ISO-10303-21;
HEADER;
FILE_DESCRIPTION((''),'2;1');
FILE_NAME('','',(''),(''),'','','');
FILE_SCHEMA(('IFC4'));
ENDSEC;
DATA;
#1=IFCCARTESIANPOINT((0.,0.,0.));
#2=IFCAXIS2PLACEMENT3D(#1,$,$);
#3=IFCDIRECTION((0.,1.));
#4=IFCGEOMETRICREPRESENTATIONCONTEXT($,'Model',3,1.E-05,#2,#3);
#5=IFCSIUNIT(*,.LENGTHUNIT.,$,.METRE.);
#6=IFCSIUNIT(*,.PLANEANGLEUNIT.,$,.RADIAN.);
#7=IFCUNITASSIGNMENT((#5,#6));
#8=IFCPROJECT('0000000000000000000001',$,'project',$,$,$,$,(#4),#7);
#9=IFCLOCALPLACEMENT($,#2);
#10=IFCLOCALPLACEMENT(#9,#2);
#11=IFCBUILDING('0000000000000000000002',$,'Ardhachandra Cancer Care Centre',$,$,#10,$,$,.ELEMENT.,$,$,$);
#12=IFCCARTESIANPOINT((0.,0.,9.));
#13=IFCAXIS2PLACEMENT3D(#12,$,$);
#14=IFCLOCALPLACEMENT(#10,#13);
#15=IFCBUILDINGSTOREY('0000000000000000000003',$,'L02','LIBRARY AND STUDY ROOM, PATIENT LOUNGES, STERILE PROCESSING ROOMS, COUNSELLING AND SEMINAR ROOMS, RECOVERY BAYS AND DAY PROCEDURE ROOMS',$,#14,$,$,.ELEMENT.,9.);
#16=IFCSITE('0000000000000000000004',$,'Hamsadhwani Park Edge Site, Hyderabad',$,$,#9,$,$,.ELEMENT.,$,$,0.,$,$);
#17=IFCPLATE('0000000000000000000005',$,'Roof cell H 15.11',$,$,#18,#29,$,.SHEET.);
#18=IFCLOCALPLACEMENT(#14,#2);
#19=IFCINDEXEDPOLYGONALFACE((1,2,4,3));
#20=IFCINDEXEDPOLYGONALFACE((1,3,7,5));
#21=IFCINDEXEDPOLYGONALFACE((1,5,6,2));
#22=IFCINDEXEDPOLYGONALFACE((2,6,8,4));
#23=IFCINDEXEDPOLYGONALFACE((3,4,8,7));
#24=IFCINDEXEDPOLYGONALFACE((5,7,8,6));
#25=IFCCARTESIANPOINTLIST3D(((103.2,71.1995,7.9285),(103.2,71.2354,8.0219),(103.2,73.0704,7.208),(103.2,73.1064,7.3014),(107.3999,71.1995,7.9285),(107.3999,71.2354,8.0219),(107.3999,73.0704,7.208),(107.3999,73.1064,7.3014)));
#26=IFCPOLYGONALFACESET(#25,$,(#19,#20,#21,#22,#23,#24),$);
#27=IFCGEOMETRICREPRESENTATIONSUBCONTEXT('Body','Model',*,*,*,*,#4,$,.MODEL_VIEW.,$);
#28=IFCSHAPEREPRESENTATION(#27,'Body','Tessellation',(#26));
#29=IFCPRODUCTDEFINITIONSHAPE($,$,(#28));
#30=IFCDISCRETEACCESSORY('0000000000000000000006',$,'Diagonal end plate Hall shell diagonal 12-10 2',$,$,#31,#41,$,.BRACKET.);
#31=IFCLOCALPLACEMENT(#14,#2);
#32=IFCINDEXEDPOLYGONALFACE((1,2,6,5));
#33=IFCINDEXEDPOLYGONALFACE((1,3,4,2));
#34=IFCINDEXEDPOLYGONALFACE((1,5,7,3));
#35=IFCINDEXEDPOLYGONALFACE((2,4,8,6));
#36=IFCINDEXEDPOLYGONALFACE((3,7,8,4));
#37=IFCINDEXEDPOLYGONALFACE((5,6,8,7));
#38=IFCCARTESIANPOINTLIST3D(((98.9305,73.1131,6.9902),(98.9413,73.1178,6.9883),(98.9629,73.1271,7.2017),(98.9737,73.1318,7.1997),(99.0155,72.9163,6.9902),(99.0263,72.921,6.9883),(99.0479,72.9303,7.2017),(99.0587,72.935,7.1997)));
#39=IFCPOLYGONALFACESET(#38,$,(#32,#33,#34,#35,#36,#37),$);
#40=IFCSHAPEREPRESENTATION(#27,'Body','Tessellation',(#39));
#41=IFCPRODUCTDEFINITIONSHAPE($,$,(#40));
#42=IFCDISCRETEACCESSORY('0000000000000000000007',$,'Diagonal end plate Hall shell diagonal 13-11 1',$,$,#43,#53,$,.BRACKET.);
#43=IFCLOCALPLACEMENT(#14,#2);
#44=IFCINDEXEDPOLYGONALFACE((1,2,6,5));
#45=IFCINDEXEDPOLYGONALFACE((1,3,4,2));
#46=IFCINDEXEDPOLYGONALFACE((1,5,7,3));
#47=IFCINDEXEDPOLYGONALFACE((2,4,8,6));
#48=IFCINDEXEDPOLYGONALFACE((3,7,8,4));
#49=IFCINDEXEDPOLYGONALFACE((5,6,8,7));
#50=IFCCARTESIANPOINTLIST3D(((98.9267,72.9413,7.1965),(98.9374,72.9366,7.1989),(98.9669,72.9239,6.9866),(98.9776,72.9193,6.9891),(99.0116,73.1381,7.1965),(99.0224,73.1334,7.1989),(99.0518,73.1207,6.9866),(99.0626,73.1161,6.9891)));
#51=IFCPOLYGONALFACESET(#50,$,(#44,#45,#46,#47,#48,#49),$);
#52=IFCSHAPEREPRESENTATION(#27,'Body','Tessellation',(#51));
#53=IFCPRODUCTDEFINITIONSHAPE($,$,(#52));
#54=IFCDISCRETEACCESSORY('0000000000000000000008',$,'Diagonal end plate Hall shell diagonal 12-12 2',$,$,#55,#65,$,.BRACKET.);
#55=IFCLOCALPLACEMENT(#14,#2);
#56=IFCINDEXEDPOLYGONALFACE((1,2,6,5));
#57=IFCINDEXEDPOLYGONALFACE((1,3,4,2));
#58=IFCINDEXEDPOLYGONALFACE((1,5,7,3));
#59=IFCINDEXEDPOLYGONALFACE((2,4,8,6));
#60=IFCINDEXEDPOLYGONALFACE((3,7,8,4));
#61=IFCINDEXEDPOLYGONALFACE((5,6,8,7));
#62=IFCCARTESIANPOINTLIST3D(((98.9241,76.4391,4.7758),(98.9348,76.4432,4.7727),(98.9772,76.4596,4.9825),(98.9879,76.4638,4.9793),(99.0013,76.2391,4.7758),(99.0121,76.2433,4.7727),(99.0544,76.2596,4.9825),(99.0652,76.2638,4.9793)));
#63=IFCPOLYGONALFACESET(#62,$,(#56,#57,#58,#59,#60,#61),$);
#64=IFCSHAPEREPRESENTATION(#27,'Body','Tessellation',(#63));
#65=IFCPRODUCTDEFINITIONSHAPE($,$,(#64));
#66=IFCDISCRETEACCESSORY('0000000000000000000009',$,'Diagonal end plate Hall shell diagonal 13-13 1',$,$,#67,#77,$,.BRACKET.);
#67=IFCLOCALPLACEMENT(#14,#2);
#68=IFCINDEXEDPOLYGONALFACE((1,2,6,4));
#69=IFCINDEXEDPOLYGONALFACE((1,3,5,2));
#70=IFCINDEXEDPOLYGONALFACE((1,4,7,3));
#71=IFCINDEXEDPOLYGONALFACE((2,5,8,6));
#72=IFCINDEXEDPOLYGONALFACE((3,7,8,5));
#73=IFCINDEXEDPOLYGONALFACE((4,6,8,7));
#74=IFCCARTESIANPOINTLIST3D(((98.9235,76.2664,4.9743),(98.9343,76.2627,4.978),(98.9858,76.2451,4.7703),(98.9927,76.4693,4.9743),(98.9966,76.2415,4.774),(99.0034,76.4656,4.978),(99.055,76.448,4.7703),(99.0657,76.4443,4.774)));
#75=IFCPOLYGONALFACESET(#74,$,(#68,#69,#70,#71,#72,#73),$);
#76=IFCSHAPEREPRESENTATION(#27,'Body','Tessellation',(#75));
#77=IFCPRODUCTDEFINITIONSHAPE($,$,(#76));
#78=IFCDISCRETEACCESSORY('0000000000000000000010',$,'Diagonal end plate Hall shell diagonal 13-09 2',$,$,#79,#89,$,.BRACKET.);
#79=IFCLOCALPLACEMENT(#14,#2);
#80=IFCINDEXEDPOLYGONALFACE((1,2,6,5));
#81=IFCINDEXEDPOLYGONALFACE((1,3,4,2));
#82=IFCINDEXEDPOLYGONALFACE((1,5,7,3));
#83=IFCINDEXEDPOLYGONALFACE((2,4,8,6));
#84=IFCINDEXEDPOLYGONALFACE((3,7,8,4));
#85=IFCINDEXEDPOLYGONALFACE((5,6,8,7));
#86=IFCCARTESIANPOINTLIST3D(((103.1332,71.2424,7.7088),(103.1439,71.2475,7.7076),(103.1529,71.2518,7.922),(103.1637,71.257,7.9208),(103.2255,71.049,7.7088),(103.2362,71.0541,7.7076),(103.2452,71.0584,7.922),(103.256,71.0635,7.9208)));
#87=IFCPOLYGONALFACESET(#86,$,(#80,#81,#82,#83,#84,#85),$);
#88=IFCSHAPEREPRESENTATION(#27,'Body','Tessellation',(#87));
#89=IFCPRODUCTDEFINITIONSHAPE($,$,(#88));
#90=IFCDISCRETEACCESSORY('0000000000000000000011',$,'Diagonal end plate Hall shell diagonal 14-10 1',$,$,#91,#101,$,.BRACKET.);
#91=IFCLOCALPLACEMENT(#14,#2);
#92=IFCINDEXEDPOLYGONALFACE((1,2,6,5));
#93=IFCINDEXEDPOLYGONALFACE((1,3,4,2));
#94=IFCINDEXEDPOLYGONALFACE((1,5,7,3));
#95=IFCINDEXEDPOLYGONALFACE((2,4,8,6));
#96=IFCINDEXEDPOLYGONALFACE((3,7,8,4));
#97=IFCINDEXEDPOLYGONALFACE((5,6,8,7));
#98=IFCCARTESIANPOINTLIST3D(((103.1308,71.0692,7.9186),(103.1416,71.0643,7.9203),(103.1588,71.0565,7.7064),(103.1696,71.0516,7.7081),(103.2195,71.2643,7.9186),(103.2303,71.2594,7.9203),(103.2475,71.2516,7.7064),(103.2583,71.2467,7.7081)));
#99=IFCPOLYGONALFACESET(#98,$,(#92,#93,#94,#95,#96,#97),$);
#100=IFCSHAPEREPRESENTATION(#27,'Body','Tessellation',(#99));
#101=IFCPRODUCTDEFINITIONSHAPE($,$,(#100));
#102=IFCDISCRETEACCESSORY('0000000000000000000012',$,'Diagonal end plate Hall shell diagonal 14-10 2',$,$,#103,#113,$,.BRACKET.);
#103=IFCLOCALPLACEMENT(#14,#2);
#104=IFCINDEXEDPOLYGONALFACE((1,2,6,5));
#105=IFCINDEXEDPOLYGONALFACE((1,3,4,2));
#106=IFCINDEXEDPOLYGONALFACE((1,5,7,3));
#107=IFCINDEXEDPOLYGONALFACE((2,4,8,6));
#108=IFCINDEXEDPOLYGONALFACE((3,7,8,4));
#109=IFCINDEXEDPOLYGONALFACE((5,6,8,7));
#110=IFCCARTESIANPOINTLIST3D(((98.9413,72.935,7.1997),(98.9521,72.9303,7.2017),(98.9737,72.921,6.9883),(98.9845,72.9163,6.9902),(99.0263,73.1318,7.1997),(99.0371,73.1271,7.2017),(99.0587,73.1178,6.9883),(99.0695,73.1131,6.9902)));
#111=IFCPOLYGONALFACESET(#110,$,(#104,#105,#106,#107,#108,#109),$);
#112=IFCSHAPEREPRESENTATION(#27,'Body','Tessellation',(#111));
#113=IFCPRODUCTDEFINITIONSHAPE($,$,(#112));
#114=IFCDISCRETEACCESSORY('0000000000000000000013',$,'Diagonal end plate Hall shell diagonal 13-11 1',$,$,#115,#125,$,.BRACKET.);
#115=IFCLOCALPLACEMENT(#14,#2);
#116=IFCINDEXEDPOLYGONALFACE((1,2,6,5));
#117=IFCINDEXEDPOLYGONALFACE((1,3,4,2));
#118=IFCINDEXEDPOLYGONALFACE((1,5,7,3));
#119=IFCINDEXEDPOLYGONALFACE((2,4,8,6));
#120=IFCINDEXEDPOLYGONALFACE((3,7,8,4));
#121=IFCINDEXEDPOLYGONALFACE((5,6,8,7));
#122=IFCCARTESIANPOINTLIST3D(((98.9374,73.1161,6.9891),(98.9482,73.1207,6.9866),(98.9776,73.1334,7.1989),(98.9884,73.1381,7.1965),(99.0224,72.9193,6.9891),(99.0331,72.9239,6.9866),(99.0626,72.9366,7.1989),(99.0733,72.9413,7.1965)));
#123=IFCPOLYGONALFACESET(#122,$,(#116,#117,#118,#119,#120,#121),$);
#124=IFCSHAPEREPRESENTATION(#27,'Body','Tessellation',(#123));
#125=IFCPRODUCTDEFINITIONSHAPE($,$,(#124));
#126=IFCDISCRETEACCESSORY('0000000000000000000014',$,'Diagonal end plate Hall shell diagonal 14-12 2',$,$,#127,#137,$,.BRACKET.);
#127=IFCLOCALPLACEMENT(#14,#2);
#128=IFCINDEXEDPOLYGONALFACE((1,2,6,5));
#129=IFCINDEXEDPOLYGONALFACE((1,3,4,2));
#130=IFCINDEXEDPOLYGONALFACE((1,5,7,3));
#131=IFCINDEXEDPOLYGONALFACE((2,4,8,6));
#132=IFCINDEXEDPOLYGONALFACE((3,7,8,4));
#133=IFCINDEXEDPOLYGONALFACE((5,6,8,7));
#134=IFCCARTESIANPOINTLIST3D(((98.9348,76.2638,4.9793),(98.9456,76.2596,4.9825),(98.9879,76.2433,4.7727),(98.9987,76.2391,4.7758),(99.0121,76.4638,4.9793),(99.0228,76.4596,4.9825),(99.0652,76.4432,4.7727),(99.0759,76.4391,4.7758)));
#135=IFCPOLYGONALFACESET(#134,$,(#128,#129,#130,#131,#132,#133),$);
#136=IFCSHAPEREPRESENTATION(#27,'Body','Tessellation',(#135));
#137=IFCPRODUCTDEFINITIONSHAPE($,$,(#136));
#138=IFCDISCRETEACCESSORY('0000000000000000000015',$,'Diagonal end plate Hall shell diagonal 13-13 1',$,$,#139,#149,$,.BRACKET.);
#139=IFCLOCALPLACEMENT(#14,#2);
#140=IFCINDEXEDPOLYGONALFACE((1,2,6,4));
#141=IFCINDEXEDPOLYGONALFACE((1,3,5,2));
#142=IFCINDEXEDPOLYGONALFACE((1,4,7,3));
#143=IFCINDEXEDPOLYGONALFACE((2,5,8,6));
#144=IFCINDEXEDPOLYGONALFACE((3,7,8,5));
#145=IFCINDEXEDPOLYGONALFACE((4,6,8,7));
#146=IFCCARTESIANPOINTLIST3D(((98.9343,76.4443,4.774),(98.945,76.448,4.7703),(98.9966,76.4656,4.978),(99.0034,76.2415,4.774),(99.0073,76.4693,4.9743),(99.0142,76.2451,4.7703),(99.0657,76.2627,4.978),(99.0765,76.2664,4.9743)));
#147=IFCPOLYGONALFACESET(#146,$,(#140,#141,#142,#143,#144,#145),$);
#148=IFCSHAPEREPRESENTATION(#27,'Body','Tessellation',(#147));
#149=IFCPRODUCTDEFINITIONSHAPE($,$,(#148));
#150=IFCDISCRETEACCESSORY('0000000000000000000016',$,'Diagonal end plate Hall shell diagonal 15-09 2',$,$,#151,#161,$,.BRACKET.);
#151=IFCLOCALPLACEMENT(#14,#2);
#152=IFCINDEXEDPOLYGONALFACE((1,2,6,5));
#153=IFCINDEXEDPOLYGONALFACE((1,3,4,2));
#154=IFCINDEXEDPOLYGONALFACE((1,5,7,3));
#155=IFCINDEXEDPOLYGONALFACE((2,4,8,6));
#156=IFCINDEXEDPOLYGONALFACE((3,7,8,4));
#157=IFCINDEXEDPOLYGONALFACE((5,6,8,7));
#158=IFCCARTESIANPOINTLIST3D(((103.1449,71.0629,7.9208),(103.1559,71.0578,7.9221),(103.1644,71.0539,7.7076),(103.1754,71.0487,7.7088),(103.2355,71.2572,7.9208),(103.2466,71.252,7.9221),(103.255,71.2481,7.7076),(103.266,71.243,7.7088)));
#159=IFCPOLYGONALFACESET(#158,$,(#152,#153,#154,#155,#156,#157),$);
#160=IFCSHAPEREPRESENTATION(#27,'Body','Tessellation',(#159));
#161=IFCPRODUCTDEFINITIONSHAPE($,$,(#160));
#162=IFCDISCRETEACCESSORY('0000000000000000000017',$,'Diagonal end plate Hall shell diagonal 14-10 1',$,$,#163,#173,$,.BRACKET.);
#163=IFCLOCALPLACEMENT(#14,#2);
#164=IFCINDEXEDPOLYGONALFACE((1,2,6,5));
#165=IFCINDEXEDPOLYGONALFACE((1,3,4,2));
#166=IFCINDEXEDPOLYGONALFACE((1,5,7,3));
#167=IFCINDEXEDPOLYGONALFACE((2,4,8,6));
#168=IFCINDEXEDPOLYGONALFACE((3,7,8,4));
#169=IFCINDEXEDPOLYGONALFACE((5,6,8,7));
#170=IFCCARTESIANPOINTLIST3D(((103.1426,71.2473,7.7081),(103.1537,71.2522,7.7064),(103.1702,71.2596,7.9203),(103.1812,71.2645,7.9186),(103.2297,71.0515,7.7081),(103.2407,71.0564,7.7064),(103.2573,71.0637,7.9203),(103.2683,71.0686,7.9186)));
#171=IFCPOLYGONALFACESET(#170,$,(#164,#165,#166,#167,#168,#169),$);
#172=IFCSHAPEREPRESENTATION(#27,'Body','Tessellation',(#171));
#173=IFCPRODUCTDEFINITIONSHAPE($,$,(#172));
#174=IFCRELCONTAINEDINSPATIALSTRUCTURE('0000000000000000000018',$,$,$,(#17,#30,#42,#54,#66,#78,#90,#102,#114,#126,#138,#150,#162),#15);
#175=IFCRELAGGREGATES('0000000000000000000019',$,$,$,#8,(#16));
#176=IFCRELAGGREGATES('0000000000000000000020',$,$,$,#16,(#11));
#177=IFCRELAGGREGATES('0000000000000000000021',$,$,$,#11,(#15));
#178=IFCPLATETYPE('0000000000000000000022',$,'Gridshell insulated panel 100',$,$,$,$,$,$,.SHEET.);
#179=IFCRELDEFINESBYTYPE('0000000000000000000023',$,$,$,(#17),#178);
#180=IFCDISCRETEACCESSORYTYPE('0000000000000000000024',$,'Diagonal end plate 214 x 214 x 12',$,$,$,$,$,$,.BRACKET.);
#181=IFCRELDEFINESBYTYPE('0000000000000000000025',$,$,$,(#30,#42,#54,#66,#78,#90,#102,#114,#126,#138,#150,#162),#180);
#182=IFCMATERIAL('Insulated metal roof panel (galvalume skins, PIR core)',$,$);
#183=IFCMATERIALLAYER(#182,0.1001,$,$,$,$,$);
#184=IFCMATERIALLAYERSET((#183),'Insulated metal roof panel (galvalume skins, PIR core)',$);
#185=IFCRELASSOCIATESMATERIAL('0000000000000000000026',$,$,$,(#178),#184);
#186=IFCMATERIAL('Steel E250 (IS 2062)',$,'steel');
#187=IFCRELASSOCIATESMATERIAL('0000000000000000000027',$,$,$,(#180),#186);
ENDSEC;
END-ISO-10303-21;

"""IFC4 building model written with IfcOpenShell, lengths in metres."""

from ifc_helpers import new_model, si_unit, direction, frame, origin, origin_2d, place, context, subcontext, project, spatial, polyline, rectangle, outline, extrude, material, layer, layer_set, material_profile, profile_set, type_object, element, save


model = new_model("IFC4")

# Units and contexts
model_context = context("Model", 3, precision=1e-05, world=origin(), true_north=direction((0.0, 1.0)))
body_context = subcontext(model_context, "Body", "Model", "MODEL_VIEW")
ifc_project = project(units=[si_unit("LENGTHUNIT", "METRE"), si_unit("PLANEANGLEUNIT", "RADIAN")], contexts=[model_context])

# Site, building, storey
site_placement = place(None, origin())
site = spatial("IfcSite", under=ifc_project, at=site_placement, Name="Hamsadhwani Park Edge Site, Hyderabad", CompositionType="ELEMENT", RefElevation=0.0)
building_placement = place(site_placement, origin())
building = spatial("IfcBuilding", under=site, at=building_placement, Name="Ardhachandra Cancer Care Centre", CompositionType="ELEMENT")
storey_placement = place(building_placement, frame((0.0, 0.0, 9.0)))
storey = spatial("IfcBuildingStorey", under=building, at=storey_placement, Name="L02", Description="LIBRARY AND STUDY ROOM, PATIENT LOUNGES, STERILE PROCESSING ROOMS, COUNSELLING AND SEMINAR ROOMS, RECOVERY BAYS AND DAY PROCEDURE ROOMS", CompositionType="ELEMENT", Elevation=9.0)

# Plate
ifc_material_1 = material(Name="Insulated metal roof panel (galvalume skins, PIR core)")
ifc_layer = layer(ifc_material_1, 0.1001)
ifc_layer_set = layer_set([ifc_layer], Name="Insulated metal roof panel (galvalume skins, PIR core)")
plate_type = type_object("IfcPlateType", Name="Gridshell insulated panel 100", PredefinedType="SHEET", material=ifc_layer_set)
for number, where, z_axis, x_axis, name in (
    (1, (103.2, 71.1995, 7.9285), (0.0, 0.359371, 0.933195), (1.0, 0.0, 0.0), "Roof cell H 15.11"),
):
    element("IfcPlate", number, at=place(storey_placement, frame(where, z_axis=z_axis, x_axis=x_axis)), inside=storey, type_object=plate_type, Name=name, PredefinedType="SHEET", context=body_context, shape_type="SweptSolid", body=[
        extrude(outline(polyline([(0.0, 0.0), (4.2, 0.0), (4.2, 2.0049), (0.0, 2.0049), (0.0, 0.0)])), origin(), (0.0, 0.0, 1.0), 0.1001),
    ])

# Discrete accessories
ifc_material_2 = material(Name="Steel E250 (IS 2062)", Category="steel")
ifc_material_profile_1 = material_profile(ifc_material_2, rectangle(XDim=0.2144, YDim=0.2144, at=origin_2d()), Name="PL 214x214x12")
ifc_profile_set_1 = profile_set([ifc_material_profile_1], Name="Steel E250 (IS 2062)")
discrete_accessory_type = type_object("IfcDiscreteAccessoryType", Name="Diagonal end plate 214 x 214 x 12", PredefinedType="BRACKET", material=ifc_profile_set_1)
for number, where, z_axis, x_axis, name in (
    (2, (99.0, 73.0264, 7.094), (-0.905534, -0.391026, 0.164643), (0.396436, -0.918062, 0.0), "Diagonal end plate Hall shell diagonal 12-10 2"),
    (3, (99.0, 73.0264, 7.094), (-0.898708, 0.388079, -0.204252), (-0.396436, -0.918062, 0.0), "Diagonal end plate Hall shell diagonal 13-11 1"),
    (4, (99.0, 76.3535, 4.876), (-0.899271, -0.347446, 0.265694), (0.360399, -0.932798, 0.0), "Diagonal end plate Hall shell diagonal 12-12 2"),
    (5, (99.0, 76.3535, 4.876), (-0.900777, 0.307083, -0.307083), (-0.322674, -0.94651, 0.0), "Diagonal end plate Hall shell diagonal 13-13 1"),
    (6, (103.2, 71.1555, 7.8142), (-0.897772, -0.428482, 0.10202), (0.43073, -0.902481, 0.0), "Diagonal end plate Hall shell diagonal 13-09 2"),
    (7, (103.2, 71.1555, 7.8142), (-0.900966, 0.40953, -0.143336), (-0.413803, -0.910366, 0.0), "Diagonal end plate Hall shell diagonal 14-10 1"),
    (8, (99.0, 73.0264, 7.094), (0.905534, -0.391026, 0.164643), (0.396436, 0.918062, 0.0), "Diagonal end plate Hall shell diagonal 14-10 2"),
    (9, (99.0, 73.0264, 7.094), (0.898708, 0.388079, -0.204252), (-0.396436, 0.918062, 0.0), "Diagonal end plate Hall shell diagonal 13-11 1"),
    (10, (99.0, 76.3535, 4.876), (0.899271, -0.347446, 0.265694), (0.360399, 0.932798, 0.0), "Diagonal end plate Hall shell diagonal 14-12 2"),
    (11, (99.0, 76.3535, 4.876), (0.900777, 0.307083, -0.307083), (-0.322674, 0.94651, 0.0), "Diagonal end plate Hall shell diagonal 13-13 1"),
):
    element("IfcDiscreteAccessory", number, at=place(storey_placement, frame(where, z_axis=z_axis, x_axis=x_axis)), inside=storey, type_object=discrete_accessory_type, Name=name, PredefinedType="BRACKET", context=body_context, shape_type="SweptSolid", body=[
        extrude(rectangle(XDim=0.2144, YDim=0.2144, at=origin_2d()), origin(), (0.0, 0.0, 1.0), 0.012),
    ])
for number, where, z_axis, x_axis, name in (
    (12, (103.2, 71.1555, 7.8142), (0.901624, -0.420758, 0.10018), (0.422885, 0.906183, 0.0), "Diagonal end plate Hall shell diagonal 15-09 2"),
    (13, (103.2, 71.1555, 7.8142), (0.904717, 0.402096, -0.140734), (-0.406138, 0.913812, 0.0), "Diagonal end plate Hall shell diagonal 14-10 1"),
):
    element("IfcDiscreteAccessory", number, at=place(storey_placement, frame(where, z_axis=z_axis, x_axis=x_axis)), inside=storey, type_object=discrete_accessory_type, Name=name, PredefinedType="BRACKET", context=body_context, shape_type="SweptSolid", body=[
        extrude(rectangle(XDim=0.2144, YDim=0.2144, at=origin_2d()), origin(), (0.0, 0.0, 1.0), 0.0122),
    ])

save(model, "model.ifc")
